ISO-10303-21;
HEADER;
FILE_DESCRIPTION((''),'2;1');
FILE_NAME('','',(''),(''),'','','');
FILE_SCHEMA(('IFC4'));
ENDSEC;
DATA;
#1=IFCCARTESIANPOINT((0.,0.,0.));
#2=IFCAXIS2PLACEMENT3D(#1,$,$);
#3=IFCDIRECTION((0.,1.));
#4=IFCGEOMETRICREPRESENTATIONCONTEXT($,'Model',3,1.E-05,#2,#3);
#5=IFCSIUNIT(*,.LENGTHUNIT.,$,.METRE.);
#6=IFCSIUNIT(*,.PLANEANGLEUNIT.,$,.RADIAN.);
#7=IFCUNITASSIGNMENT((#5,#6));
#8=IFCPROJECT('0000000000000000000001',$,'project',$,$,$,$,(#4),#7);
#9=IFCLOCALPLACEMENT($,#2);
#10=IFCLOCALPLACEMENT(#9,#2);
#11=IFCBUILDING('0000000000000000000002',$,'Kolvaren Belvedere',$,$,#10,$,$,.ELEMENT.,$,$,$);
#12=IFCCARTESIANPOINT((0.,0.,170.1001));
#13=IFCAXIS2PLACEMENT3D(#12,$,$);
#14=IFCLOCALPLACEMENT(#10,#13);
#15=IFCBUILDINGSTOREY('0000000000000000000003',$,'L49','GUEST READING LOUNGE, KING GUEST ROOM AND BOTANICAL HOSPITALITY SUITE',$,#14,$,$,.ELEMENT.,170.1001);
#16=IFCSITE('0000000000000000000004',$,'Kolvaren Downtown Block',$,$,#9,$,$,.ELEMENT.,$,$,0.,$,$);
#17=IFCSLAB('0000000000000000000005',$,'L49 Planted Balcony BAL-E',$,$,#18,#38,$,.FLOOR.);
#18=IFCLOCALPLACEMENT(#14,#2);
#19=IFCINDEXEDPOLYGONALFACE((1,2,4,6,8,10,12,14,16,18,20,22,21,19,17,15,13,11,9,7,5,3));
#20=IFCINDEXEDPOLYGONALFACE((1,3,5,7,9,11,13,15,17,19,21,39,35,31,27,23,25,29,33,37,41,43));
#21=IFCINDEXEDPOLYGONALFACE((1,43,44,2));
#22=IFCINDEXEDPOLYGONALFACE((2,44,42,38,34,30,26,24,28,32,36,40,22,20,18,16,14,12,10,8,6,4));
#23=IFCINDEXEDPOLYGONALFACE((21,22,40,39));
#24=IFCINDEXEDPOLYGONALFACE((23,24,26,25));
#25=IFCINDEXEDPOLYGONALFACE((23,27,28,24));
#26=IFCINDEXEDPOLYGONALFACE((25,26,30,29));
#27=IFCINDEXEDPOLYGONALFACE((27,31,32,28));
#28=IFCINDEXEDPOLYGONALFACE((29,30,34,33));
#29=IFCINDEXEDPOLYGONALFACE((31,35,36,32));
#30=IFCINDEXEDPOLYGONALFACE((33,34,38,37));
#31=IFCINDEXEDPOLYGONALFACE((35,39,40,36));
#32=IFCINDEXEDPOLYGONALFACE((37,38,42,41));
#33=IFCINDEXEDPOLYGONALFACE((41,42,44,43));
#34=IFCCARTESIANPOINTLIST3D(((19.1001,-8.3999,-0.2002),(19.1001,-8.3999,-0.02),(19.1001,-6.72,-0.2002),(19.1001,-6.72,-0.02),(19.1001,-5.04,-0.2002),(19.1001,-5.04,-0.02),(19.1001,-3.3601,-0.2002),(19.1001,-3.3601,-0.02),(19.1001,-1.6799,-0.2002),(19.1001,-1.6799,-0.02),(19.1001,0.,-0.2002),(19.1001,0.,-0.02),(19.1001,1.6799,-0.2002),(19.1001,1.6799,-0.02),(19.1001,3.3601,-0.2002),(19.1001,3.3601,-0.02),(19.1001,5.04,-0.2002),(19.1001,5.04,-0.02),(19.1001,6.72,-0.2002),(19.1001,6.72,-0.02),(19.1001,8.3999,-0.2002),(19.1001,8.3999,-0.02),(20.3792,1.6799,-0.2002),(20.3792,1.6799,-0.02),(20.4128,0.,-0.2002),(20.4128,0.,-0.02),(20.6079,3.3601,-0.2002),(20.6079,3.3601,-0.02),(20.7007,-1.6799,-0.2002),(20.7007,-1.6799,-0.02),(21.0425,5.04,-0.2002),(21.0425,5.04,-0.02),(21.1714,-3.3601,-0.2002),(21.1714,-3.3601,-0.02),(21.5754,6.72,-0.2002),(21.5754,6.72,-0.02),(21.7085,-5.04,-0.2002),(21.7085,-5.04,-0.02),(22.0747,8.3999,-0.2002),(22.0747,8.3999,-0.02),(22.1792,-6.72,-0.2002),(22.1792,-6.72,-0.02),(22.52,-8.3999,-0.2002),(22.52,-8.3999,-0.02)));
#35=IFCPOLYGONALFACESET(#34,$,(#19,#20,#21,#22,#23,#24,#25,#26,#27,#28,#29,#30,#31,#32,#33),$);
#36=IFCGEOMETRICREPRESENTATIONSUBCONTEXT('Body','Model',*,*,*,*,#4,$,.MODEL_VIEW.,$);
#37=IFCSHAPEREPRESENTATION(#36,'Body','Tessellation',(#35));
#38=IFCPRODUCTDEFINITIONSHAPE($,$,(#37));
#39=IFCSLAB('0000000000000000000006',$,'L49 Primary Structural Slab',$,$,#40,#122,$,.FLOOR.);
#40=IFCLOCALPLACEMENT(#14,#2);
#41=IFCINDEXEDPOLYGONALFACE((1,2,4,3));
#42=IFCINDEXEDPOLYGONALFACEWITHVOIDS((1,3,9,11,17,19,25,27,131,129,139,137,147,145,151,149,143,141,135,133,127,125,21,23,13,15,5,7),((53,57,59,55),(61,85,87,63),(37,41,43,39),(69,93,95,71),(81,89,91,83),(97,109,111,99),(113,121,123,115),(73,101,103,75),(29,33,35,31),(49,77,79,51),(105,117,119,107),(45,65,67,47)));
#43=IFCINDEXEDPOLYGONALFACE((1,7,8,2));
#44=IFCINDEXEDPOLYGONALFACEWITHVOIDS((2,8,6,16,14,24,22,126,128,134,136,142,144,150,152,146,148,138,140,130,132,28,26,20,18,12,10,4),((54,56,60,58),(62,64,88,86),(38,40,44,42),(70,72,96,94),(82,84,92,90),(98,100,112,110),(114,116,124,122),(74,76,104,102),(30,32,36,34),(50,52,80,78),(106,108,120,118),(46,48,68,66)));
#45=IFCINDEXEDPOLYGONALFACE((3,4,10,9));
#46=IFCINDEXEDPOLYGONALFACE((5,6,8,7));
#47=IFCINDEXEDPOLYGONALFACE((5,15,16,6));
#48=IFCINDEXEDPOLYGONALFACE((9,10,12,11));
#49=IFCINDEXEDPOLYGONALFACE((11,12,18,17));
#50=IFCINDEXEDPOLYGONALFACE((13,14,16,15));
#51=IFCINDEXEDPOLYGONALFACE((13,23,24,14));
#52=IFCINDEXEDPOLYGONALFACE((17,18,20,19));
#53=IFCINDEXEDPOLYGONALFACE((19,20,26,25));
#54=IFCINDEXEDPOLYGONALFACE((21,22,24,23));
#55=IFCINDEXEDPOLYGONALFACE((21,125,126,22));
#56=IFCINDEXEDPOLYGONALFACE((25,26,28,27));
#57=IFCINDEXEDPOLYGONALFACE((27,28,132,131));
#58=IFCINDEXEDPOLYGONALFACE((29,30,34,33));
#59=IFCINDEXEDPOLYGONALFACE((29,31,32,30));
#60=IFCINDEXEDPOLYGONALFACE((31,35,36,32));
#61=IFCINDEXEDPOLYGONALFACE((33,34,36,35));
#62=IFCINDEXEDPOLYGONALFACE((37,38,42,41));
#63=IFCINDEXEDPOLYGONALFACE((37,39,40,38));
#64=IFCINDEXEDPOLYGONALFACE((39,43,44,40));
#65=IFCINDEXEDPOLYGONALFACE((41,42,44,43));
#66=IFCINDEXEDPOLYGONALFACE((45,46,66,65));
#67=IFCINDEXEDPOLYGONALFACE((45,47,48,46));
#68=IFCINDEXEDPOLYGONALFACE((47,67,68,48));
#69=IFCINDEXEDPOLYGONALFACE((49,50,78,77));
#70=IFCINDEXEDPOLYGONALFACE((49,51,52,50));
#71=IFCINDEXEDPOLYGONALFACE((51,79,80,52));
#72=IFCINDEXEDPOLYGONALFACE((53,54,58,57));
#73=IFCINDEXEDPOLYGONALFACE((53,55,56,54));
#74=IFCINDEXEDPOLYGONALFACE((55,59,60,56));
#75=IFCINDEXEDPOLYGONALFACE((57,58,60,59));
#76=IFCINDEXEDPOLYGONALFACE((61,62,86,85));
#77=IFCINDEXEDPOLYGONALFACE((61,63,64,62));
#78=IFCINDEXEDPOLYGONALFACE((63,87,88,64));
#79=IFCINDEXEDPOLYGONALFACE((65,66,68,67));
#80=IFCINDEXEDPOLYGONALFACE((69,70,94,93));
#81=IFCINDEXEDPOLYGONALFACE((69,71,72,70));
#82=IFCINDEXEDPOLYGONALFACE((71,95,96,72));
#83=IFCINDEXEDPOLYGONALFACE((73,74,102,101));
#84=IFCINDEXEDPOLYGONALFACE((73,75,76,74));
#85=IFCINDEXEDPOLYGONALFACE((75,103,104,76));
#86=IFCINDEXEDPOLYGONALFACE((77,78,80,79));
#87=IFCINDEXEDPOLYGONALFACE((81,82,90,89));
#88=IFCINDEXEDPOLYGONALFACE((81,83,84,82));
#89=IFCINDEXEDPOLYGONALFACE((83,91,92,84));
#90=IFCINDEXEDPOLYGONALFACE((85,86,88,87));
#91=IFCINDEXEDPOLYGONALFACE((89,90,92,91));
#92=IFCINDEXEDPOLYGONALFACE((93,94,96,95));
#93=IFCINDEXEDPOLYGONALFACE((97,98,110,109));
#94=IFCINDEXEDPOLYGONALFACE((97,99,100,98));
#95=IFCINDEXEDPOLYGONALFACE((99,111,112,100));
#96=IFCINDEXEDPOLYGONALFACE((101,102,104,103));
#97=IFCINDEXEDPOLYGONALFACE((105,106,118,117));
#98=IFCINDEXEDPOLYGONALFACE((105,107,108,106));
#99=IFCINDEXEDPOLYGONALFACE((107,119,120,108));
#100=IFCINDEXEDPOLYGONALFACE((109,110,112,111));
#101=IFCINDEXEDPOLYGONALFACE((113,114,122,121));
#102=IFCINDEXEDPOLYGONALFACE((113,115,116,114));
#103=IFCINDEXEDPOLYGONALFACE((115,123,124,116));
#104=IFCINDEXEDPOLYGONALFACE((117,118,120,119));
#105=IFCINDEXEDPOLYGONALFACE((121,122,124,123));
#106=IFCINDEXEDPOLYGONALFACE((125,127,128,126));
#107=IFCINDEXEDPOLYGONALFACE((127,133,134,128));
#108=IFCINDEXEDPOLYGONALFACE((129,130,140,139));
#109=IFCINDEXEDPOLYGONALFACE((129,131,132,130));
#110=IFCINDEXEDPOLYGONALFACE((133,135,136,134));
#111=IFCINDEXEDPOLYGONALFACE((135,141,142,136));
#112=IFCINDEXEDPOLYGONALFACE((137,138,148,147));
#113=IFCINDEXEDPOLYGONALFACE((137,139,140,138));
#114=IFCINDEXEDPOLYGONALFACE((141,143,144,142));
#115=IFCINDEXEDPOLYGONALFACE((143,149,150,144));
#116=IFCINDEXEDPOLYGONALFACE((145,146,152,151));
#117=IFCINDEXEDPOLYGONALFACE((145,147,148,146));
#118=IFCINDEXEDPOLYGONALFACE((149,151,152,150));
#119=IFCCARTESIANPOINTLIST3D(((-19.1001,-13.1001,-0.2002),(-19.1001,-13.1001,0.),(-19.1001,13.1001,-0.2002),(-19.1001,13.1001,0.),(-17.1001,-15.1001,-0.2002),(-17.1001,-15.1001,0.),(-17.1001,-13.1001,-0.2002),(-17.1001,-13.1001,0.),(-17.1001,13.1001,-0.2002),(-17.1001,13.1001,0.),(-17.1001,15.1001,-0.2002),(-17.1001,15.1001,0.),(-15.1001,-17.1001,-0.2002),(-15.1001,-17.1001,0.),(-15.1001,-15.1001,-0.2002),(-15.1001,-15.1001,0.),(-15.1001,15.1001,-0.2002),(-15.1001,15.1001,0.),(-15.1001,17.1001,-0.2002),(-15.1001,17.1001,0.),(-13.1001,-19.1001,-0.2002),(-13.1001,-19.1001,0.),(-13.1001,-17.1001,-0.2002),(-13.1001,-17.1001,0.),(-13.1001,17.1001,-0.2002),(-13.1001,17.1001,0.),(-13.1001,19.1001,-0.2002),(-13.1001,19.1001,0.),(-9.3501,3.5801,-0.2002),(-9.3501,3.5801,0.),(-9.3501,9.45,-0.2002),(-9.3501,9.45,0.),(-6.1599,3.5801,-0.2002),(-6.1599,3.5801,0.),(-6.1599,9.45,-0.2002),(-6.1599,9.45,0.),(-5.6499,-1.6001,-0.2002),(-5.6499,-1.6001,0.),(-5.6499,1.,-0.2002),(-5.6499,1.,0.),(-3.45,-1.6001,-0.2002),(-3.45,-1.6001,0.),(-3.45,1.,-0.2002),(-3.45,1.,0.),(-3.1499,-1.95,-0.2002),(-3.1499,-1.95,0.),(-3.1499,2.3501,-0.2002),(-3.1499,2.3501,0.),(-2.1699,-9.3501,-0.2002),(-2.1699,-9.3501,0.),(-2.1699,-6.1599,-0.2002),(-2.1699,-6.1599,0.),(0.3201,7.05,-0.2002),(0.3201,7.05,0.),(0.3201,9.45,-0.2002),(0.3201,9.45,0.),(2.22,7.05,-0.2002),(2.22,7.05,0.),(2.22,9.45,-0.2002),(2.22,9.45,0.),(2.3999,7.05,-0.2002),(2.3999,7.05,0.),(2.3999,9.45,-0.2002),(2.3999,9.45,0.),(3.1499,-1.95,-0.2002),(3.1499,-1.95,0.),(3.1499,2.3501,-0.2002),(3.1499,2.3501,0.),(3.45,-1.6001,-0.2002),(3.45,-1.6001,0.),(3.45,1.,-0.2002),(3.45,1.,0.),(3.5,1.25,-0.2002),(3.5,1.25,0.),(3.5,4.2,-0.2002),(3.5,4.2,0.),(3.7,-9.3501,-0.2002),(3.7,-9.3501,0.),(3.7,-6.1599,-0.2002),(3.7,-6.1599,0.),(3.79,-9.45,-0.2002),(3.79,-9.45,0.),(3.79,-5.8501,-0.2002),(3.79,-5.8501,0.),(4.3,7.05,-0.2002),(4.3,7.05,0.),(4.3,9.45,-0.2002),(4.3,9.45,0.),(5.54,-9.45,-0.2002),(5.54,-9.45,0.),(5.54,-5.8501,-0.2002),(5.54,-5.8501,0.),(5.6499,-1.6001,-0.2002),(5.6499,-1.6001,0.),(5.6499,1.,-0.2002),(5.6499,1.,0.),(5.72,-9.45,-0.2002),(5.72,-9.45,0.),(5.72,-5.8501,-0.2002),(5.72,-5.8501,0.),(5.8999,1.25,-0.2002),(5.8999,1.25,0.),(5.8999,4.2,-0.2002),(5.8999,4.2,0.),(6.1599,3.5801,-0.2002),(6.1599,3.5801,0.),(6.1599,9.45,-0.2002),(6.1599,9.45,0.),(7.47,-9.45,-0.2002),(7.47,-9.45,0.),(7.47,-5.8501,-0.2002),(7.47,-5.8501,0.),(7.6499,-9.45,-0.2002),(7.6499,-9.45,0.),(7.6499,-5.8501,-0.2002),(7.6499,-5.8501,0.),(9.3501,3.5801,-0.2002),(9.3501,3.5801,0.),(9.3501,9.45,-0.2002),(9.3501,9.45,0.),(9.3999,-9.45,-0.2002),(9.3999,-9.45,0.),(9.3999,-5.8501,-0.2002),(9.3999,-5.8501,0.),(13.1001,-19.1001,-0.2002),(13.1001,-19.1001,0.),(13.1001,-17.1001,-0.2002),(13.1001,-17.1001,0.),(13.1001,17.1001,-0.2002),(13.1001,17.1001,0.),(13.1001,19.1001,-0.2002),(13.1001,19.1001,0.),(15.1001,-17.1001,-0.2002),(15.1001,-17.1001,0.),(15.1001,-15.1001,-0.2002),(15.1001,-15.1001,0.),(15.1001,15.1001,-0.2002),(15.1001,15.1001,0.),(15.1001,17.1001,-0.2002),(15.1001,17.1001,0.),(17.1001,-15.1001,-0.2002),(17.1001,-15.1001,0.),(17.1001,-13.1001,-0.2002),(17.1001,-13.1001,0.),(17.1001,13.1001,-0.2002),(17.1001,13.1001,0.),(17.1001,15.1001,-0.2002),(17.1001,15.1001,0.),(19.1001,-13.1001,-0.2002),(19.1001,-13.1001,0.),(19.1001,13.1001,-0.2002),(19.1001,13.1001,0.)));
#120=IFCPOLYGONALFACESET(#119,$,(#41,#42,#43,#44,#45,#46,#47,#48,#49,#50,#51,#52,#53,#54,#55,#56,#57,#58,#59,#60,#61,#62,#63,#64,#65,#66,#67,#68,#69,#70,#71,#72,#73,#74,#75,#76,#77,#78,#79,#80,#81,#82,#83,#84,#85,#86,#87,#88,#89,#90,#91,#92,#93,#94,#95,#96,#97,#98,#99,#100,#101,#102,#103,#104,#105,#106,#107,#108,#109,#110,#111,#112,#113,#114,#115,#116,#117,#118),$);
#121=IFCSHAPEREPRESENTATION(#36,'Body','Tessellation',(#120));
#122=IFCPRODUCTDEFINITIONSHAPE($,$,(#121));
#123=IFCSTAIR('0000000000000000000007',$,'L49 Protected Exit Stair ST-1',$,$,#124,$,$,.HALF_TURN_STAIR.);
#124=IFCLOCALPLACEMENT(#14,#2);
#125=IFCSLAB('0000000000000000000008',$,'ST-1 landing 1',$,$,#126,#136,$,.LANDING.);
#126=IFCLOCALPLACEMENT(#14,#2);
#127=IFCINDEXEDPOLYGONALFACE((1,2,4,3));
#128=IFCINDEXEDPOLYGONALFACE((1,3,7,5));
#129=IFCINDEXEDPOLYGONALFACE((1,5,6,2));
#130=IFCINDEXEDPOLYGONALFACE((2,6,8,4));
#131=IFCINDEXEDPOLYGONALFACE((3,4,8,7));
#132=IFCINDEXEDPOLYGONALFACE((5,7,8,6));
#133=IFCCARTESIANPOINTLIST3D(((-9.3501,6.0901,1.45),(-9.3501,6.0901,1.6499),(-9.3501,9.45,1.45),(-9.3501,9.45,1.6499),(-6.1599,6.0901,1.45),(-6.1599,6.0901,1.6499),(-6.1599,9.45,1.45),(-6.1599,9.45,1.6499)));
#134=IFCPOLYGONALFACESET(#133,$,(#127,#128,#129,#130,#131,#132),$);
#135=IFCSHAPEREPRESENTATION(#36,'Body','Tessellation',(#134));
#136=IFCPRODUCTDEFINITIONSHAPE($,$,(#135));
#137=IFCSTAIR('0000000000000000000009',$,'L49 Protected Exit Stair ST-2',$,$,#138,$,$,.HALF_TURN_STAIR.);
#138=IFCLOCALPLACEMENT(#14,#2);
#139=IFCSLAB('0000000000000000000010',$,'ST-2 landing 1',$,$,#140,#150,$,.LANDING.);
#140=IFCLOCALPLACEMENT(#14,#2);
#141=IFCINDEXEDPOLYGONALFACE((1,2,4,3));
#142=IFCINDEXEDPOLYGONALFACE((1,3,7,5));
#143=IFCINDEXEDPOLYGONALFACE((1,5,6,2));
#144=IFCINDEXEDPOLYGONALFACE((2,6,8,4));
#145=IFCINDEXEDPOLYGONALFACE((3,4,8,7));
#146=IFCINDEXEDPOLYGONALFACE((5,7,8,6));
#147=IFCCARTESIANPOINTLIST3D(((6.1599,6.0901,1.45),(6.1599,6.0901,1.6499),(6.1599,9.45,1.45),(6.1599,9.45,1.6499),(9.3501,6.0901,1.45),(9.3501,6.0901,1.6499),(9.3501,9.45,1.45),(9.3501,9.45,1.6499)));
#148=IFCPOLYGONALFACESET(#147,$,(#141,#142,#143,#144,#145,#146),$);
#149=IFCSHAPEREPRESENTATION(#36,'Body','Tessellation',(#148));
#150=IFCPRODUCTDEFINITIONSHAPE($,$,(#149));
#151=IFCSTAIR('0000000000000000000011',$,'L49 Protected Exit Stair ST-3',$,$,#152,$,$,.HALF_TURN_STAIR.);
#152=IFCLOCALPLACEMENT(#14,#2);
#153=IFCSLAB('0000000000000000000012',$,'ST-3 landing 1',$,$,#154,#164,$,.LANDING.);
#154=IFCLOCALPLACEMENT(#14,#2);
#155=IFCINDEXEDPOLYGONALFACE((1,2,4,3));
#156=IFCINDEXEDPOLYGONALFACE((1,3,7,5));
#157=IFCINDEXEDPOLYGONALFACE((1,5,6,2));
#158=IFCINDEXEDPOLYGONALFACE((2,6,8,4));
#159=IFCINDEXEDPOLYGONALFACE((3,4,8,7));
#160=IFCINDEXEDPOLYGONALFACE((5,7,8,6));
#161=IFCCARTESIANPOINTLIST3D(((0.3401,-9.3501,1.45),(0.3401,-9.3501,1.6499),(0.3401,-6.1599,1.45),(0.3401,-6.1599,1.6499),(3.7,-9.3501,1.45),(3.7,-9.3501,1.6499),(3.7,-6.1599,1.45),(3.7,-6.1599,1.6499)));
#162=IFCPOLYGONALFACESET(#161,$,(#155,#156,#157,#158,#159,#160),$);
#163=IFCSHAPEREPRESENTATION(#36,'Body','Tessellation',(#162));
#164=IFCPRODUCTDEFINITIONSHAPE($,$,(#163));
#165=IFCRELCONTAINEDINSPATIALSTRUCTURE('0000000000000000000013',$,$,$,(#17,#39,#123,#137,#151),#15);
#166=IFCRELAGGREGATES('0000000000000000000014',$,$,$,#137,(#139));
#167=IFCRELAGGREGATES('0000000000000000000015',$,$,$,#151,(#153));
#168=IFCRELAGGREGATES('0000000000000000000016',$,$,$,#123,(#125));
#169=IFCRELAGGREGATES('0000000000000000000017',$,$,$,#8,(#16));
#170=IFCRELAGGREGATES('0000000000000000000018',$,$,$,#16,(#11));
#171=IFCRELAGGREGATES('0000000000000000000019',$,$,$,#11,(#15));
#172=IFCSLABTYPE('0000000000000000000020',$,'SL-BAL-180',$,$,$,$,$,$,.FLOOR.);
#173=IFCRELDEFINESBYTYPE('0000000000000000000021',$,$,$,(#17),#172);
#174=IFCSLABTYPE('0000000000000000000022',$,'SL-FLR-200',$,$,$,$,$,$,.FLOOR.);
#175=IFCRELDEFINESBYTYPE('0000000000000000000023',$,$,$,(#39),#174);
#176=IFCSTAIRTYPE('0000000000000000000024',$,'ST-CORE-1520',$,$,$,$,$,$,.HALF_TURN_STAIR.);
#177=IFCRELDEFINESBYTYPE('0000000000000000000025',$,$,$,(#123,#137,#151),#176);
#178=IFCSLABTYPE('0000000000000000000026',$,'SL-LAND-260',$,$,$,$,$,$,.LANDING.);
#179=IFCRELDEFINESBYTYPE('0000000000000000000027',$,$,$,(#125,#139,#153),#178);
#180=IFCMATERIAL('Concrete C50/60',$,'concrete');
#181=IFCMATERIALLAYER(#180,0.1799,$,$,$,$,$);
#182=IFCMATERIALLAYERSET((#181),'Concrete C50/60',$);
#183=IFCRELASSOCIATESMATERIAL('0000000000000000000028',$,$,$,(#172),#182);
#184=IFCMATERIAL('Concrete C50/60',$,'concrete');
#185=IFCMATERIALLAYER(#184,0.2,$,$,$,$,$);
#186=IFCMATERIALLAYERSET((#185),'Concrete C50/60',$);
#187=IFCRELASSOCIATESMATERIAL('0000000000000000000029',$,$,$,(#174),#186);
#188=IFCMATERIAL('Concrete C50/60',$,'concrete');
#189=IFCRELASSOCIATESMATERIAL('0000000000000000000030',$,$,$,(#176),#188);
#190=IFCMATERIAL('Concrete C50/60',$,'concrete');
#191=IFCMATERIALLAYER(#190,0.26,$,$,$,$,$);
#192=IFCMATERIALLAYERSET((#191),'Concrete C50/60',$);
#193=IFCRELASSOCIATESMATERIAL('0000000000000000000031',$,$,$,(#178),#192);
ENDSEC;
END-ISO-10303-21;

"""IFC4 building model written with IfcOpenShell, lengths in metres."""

from ifc_helpers import new_model, si_unit, direction, frame, origin, place, context, subcontext, project, spatial, polyline, outline, extrude, material, layer, layer_set, type_object, element, aggregate, save


model = new_model("IFC4")

# Units and contexts
model_context = context("Model", 3, precision=1e-05, world=origin(), true_north=direction((0.0, 1.0)))
body_context = subcontext(model_context, "Body", "Model", "MODEL_VIEW")
ifc_project = project(units=[si_unit("LENGTHUNIT", "METRE"), si_unit("PLANEANGLEUNIT", "RADIAN")], contexts=[model_context])

# Site, building, storey
site_placement = place(None, origin())
site = spatial("IfcSite", under=ifc_project, at=site_placement, Name="Kolvaren Downtown Block", CompositionType="ELEMENT", RefElevation=0.0)
building_placement = place(site_placement, origin())
building = spatial("IfcBuilding", under=site, at=building_placement, Name="Kolvaren Belvedere", CompositionType="ELEMENT")
storey_placement = place(building_placement, frame((0.0, 0.0, 170.1001)))
storey = spatial("IfcBuildingStorey", under=building, at=storey_placement, Name="L49", Description="GUEST READING LOUNGE, KING GUEST ROOM AND BOTANICAL HOSPITALITY SUITE", CompositionType="ELEMENT", Elevation=170.1001)

# Slabs
ifc_material_1 = material(Name="Concrete C50/60", Category="concrete")
ifc_layer_1 = layer(ifc_material_1, 0.1799)
ifc_layer_set_1 = layer_set([ifc_layer_1], Name="Concrete C50/60")
slab_type_1 = type_object("IfcSlabType", Name="SL-BAL-180", PredefinedType="FLOOR", material=ifc_layer_set_1)
slab_1_placement = place(storey_placement, frame((0.0, 0.0, -0.2002)))
element("IfcSlab", 1, at=slab_1_placement, inside=storey, type_object=slab_type_1, Name="L49 Planted Balcony BAL-E", PredefinedType="FLOOR", context=body_context, shape_type="SweptSolid", body=[
    extrude(outline(polyline([(22.52, -8.3999), (22.1792, -6.72), (21.7085, -5.04), (21.1714, -3.3601), (20.7007, -1.6799), (20.4128, 0.0), (20.3792, 1.6799), (20.6079, 3.3601), (21.0425, 5.04), (21.5754, 6.72), (22.0747, 8.3999), (19.1001, 8.3999), (19.1001, 6.72), (19.1001, 5.04), (19.1001, 3.3601), (19.1001, 1.6799), (19.1001, 0.0), (19.1001, -1.6799), (19.1001, -3.3601), (19.1001, -5.04), (19.1001, -6.72), (19.1001, -8.3999), (22.52, -8.3999)])), origin(), (0.0, 0.0, 1.0), 0.1802),
])
ifc_material_2 = material(Name="Concrete C50/60", Category="concrete")
ifc_layer_2 = layer(ifc_material_2, 0.2)
ifc_layer_set_2 = layer_set([ifc_layer_2], Name="Concrete C50/60")
slab_type_2 = type_object("IfcSlabType", Name="SL-FLR-200", PredefinedType="FLOOR", material=ifc_layer_set_2)
slab_2_placement = place(storey_placement, frame((0.0, 0.0, -0.2002)))
element("IfcSlab", 2, at=slab_2_placement, inside=storey, type_object=slab_type_2, Name="L49 Primary Structural Slab", PredefinedType="FLOOR", context=body_context, shape_type="SweptSolid", body=[
    extrude(outline(polyline([(-13.1001, -19.1001), (13.1001, -19.1001), (13.1001, -17.1001), (15.1001, -17.1001), (15.1001, -15.1001), (17.1001, -15.1001), (17.1001, -13.1001), (19.1001, -13.1001), (19.1001, 13.1001), (17.1001, 13.1001), (17.1001, 15.1001), (15.1001, 15.1001), (15.1001, 17.1001), (13.1001, 17.1001), (13.1001, 19.1001), (-13.1001, 19.1001), (-13.1001, 17.1001), (-15.1001, 17.1001), (-15.1001, 15.1001), (-17.1001, 15.1001), (-17.1001, 13.1001), (-19.1001, 13.1001), (-19.1001, -13.1001), (-17.1001, -13.1001), (-17.1001, -15.1001), (-15.1001, -15.1001), (-15.1001, -17.1001), (-13.1001, -17.1001), (-13.1001, -19.1001)]), holes=[polyline([(-9.3501, 3.5801), (-6.1599, 3.5801), (-6.1599, 9.45), (-9.3501, 9.45), (-9.3501, 3.5801)]), polyline([(6.1599, 3.5801), (9.3501, 3.5801), (9.3501, 9.45), (6.1599, 9.45), (6.1599, 3.5801)]), polyline([(-2.1699, -9.3501), (3.7, -9.3501), (3.7, -6.1599), (-2.1699, -6.1599), (-2.1699, -9.3501)]), polyline([(-5.6499, -1.6001), (-3.45, -1.6001), (-3.45, 1.0), (-5.6499, 1.0), (-5.6499, -1.6001)]), polyline([(3.5, 1.25), (5.8999, 1.25), (5.8999, 4.2), (3.5, 4.2), (3.5, 1.25)]), polyline([(3.45, -1.6001), (5.6499, -1.6001), (5.6499, 1.0), (3.45, 1.0), (3.45, -1.6001)]), polyline([(3.79, -9.45), (5.54, -9.45), (5.54, -5.8501), (3.79, -5.8501), (3.79, -9.45)]), polyline([(5.72, -9.45), (7.47, -9.45), (7.47, -5.8501), (5.72, -5.8501), (5.72, -9.45)]), polyline([(7.6499, -9.45), (9.3999, -9.45), (9.3999, -5.8501), (7.6499, -5.8501), (7.6499, -9.45)]), polyline([(0.3201, 7.05), (2.22, 7.05), (2.22, 9.45), (0.3201, 9.45), (0.3201, 7.05)]), polyline([(2.3999, 7.05), (4.3, 7.05), (4.3, 9.45), (2.3999, 9.45), (2.3999, 7.05)]), polyline([(-3.1499, -1.95), (3.1499, -1.95), (3.1499, 2.3501), (-3.1499, 2.3501), (-3.1499, -1.95)])]), origin(), (0.0, 0.0, 1.0), 0.2002),
])

# Stairs, slabs
ifc_material_3 = material(Name="Concrete C50/60", Category="concrete")
stair_type = type_object("IfcStairType", Name="ST-CORE-1520", PredefinedType="HALF_TURN_STAIR", material=ifc_material_3)
stair_1_placement = place(storey_placement, origin())
stair_1 = element("IfcStair", 3, at=stair_1_placement, inside=storey, type_object=stair_type, Name="L49 Protected Exit Stair ST-1", PredefinedType="HALF_TURN_STAIR")
ifc_material_4 = material(Name="Concrete C50/60", Category="concrete")
ifc_layer_3 = layer(ifc_material_4, 0.26)
ifc_layer_set_3 = layer_set([ifc_layer_3], Name="Concrete C50/60")
slab_type_3 = type_object("IfcSlabType", Name="SL-LAND-260", PredefinedType="LANDING", material=ifc_layer_set_3)
slab_3_placement = place(storey_placement, frame((0.0, 0.0, 1.45)))
slab_3 = element("IfcSlab", 4, at=slab_3_placement, type_object=slab_type_3, Name="ST-1 landing 1", PredefinedType="LANDING", context=body_context, shape_type="SweptSolid", body=[
    extrude(outline(polyline([(-6.1599, 6.0901), (-6.1599, 9.45), (-9.3501, 9.45), (-9.3501, 6.0901), (-6.1599, 6.0901)])), origin(), (0.0, 0.0, 1.0), 0.2),
])
stair_2_placement = place(storey_placement, origin())
stair_2 = element("IfcStair", 5, at=stair_2_placement, inside=storey, type_object=stair_type, Name="L49 Protected Exit Stair ST-2", PredefinedType="HALF_TURN_STAIR")
slab_4_placement = place(storey_placement, frame((0.0, 0.0, 1.45)))
slab_4 = element("IfcSlab", 6, at=slab_4_placement, type_object=slab_type_3, Name="ST-2 landing 1", PredefinedType="LANDING", context=body_context, shape_type="SweptSolid", body=[
    extrude(outline(polyline([(9.3501, 6.0901), (9.3501, 9.45), (6.1599, 9.45), (6.1599, 6.0901), (9.3501, 6.0901)])), origin(), (0.0, 0.0, 1.0), 0.2),
])
aggregate(stair_2, [slab_4])
stair_3_placement = place(storey_placement, origin())
stair_3 = element("IfcStair", 7, at=stair_3_placement, inside=storey, type_object=stair_type, Name="L49 Protected Exit Stair ST-3", PredefinedType="HALF_TURN_STAIR")
slab_5_placement = place(storey_placement, frame((0.0, 0.0, 1.45)))
slab_5 = element("IfcSlab", 8, at=slab_5_placement, type_object=slab_type_3, Name="ST-3 landing 1", PredefinedType="LANDING", context=body_context, shape_type="SweptSolid", body=[
    extrude(outline(polyline([(0.3401, -9.3501), (3.7, -9.3501), (3.7, -6.1599), (0.3401, -6.1599), (0.3401, -9.3501)])), origin(), (0.0, 0.0, 1.0), 0.2),
])
aggregate(stair_3, [slab_5])

aggregate(stair_1, [slab_3])

save(model, "model.ifc")
